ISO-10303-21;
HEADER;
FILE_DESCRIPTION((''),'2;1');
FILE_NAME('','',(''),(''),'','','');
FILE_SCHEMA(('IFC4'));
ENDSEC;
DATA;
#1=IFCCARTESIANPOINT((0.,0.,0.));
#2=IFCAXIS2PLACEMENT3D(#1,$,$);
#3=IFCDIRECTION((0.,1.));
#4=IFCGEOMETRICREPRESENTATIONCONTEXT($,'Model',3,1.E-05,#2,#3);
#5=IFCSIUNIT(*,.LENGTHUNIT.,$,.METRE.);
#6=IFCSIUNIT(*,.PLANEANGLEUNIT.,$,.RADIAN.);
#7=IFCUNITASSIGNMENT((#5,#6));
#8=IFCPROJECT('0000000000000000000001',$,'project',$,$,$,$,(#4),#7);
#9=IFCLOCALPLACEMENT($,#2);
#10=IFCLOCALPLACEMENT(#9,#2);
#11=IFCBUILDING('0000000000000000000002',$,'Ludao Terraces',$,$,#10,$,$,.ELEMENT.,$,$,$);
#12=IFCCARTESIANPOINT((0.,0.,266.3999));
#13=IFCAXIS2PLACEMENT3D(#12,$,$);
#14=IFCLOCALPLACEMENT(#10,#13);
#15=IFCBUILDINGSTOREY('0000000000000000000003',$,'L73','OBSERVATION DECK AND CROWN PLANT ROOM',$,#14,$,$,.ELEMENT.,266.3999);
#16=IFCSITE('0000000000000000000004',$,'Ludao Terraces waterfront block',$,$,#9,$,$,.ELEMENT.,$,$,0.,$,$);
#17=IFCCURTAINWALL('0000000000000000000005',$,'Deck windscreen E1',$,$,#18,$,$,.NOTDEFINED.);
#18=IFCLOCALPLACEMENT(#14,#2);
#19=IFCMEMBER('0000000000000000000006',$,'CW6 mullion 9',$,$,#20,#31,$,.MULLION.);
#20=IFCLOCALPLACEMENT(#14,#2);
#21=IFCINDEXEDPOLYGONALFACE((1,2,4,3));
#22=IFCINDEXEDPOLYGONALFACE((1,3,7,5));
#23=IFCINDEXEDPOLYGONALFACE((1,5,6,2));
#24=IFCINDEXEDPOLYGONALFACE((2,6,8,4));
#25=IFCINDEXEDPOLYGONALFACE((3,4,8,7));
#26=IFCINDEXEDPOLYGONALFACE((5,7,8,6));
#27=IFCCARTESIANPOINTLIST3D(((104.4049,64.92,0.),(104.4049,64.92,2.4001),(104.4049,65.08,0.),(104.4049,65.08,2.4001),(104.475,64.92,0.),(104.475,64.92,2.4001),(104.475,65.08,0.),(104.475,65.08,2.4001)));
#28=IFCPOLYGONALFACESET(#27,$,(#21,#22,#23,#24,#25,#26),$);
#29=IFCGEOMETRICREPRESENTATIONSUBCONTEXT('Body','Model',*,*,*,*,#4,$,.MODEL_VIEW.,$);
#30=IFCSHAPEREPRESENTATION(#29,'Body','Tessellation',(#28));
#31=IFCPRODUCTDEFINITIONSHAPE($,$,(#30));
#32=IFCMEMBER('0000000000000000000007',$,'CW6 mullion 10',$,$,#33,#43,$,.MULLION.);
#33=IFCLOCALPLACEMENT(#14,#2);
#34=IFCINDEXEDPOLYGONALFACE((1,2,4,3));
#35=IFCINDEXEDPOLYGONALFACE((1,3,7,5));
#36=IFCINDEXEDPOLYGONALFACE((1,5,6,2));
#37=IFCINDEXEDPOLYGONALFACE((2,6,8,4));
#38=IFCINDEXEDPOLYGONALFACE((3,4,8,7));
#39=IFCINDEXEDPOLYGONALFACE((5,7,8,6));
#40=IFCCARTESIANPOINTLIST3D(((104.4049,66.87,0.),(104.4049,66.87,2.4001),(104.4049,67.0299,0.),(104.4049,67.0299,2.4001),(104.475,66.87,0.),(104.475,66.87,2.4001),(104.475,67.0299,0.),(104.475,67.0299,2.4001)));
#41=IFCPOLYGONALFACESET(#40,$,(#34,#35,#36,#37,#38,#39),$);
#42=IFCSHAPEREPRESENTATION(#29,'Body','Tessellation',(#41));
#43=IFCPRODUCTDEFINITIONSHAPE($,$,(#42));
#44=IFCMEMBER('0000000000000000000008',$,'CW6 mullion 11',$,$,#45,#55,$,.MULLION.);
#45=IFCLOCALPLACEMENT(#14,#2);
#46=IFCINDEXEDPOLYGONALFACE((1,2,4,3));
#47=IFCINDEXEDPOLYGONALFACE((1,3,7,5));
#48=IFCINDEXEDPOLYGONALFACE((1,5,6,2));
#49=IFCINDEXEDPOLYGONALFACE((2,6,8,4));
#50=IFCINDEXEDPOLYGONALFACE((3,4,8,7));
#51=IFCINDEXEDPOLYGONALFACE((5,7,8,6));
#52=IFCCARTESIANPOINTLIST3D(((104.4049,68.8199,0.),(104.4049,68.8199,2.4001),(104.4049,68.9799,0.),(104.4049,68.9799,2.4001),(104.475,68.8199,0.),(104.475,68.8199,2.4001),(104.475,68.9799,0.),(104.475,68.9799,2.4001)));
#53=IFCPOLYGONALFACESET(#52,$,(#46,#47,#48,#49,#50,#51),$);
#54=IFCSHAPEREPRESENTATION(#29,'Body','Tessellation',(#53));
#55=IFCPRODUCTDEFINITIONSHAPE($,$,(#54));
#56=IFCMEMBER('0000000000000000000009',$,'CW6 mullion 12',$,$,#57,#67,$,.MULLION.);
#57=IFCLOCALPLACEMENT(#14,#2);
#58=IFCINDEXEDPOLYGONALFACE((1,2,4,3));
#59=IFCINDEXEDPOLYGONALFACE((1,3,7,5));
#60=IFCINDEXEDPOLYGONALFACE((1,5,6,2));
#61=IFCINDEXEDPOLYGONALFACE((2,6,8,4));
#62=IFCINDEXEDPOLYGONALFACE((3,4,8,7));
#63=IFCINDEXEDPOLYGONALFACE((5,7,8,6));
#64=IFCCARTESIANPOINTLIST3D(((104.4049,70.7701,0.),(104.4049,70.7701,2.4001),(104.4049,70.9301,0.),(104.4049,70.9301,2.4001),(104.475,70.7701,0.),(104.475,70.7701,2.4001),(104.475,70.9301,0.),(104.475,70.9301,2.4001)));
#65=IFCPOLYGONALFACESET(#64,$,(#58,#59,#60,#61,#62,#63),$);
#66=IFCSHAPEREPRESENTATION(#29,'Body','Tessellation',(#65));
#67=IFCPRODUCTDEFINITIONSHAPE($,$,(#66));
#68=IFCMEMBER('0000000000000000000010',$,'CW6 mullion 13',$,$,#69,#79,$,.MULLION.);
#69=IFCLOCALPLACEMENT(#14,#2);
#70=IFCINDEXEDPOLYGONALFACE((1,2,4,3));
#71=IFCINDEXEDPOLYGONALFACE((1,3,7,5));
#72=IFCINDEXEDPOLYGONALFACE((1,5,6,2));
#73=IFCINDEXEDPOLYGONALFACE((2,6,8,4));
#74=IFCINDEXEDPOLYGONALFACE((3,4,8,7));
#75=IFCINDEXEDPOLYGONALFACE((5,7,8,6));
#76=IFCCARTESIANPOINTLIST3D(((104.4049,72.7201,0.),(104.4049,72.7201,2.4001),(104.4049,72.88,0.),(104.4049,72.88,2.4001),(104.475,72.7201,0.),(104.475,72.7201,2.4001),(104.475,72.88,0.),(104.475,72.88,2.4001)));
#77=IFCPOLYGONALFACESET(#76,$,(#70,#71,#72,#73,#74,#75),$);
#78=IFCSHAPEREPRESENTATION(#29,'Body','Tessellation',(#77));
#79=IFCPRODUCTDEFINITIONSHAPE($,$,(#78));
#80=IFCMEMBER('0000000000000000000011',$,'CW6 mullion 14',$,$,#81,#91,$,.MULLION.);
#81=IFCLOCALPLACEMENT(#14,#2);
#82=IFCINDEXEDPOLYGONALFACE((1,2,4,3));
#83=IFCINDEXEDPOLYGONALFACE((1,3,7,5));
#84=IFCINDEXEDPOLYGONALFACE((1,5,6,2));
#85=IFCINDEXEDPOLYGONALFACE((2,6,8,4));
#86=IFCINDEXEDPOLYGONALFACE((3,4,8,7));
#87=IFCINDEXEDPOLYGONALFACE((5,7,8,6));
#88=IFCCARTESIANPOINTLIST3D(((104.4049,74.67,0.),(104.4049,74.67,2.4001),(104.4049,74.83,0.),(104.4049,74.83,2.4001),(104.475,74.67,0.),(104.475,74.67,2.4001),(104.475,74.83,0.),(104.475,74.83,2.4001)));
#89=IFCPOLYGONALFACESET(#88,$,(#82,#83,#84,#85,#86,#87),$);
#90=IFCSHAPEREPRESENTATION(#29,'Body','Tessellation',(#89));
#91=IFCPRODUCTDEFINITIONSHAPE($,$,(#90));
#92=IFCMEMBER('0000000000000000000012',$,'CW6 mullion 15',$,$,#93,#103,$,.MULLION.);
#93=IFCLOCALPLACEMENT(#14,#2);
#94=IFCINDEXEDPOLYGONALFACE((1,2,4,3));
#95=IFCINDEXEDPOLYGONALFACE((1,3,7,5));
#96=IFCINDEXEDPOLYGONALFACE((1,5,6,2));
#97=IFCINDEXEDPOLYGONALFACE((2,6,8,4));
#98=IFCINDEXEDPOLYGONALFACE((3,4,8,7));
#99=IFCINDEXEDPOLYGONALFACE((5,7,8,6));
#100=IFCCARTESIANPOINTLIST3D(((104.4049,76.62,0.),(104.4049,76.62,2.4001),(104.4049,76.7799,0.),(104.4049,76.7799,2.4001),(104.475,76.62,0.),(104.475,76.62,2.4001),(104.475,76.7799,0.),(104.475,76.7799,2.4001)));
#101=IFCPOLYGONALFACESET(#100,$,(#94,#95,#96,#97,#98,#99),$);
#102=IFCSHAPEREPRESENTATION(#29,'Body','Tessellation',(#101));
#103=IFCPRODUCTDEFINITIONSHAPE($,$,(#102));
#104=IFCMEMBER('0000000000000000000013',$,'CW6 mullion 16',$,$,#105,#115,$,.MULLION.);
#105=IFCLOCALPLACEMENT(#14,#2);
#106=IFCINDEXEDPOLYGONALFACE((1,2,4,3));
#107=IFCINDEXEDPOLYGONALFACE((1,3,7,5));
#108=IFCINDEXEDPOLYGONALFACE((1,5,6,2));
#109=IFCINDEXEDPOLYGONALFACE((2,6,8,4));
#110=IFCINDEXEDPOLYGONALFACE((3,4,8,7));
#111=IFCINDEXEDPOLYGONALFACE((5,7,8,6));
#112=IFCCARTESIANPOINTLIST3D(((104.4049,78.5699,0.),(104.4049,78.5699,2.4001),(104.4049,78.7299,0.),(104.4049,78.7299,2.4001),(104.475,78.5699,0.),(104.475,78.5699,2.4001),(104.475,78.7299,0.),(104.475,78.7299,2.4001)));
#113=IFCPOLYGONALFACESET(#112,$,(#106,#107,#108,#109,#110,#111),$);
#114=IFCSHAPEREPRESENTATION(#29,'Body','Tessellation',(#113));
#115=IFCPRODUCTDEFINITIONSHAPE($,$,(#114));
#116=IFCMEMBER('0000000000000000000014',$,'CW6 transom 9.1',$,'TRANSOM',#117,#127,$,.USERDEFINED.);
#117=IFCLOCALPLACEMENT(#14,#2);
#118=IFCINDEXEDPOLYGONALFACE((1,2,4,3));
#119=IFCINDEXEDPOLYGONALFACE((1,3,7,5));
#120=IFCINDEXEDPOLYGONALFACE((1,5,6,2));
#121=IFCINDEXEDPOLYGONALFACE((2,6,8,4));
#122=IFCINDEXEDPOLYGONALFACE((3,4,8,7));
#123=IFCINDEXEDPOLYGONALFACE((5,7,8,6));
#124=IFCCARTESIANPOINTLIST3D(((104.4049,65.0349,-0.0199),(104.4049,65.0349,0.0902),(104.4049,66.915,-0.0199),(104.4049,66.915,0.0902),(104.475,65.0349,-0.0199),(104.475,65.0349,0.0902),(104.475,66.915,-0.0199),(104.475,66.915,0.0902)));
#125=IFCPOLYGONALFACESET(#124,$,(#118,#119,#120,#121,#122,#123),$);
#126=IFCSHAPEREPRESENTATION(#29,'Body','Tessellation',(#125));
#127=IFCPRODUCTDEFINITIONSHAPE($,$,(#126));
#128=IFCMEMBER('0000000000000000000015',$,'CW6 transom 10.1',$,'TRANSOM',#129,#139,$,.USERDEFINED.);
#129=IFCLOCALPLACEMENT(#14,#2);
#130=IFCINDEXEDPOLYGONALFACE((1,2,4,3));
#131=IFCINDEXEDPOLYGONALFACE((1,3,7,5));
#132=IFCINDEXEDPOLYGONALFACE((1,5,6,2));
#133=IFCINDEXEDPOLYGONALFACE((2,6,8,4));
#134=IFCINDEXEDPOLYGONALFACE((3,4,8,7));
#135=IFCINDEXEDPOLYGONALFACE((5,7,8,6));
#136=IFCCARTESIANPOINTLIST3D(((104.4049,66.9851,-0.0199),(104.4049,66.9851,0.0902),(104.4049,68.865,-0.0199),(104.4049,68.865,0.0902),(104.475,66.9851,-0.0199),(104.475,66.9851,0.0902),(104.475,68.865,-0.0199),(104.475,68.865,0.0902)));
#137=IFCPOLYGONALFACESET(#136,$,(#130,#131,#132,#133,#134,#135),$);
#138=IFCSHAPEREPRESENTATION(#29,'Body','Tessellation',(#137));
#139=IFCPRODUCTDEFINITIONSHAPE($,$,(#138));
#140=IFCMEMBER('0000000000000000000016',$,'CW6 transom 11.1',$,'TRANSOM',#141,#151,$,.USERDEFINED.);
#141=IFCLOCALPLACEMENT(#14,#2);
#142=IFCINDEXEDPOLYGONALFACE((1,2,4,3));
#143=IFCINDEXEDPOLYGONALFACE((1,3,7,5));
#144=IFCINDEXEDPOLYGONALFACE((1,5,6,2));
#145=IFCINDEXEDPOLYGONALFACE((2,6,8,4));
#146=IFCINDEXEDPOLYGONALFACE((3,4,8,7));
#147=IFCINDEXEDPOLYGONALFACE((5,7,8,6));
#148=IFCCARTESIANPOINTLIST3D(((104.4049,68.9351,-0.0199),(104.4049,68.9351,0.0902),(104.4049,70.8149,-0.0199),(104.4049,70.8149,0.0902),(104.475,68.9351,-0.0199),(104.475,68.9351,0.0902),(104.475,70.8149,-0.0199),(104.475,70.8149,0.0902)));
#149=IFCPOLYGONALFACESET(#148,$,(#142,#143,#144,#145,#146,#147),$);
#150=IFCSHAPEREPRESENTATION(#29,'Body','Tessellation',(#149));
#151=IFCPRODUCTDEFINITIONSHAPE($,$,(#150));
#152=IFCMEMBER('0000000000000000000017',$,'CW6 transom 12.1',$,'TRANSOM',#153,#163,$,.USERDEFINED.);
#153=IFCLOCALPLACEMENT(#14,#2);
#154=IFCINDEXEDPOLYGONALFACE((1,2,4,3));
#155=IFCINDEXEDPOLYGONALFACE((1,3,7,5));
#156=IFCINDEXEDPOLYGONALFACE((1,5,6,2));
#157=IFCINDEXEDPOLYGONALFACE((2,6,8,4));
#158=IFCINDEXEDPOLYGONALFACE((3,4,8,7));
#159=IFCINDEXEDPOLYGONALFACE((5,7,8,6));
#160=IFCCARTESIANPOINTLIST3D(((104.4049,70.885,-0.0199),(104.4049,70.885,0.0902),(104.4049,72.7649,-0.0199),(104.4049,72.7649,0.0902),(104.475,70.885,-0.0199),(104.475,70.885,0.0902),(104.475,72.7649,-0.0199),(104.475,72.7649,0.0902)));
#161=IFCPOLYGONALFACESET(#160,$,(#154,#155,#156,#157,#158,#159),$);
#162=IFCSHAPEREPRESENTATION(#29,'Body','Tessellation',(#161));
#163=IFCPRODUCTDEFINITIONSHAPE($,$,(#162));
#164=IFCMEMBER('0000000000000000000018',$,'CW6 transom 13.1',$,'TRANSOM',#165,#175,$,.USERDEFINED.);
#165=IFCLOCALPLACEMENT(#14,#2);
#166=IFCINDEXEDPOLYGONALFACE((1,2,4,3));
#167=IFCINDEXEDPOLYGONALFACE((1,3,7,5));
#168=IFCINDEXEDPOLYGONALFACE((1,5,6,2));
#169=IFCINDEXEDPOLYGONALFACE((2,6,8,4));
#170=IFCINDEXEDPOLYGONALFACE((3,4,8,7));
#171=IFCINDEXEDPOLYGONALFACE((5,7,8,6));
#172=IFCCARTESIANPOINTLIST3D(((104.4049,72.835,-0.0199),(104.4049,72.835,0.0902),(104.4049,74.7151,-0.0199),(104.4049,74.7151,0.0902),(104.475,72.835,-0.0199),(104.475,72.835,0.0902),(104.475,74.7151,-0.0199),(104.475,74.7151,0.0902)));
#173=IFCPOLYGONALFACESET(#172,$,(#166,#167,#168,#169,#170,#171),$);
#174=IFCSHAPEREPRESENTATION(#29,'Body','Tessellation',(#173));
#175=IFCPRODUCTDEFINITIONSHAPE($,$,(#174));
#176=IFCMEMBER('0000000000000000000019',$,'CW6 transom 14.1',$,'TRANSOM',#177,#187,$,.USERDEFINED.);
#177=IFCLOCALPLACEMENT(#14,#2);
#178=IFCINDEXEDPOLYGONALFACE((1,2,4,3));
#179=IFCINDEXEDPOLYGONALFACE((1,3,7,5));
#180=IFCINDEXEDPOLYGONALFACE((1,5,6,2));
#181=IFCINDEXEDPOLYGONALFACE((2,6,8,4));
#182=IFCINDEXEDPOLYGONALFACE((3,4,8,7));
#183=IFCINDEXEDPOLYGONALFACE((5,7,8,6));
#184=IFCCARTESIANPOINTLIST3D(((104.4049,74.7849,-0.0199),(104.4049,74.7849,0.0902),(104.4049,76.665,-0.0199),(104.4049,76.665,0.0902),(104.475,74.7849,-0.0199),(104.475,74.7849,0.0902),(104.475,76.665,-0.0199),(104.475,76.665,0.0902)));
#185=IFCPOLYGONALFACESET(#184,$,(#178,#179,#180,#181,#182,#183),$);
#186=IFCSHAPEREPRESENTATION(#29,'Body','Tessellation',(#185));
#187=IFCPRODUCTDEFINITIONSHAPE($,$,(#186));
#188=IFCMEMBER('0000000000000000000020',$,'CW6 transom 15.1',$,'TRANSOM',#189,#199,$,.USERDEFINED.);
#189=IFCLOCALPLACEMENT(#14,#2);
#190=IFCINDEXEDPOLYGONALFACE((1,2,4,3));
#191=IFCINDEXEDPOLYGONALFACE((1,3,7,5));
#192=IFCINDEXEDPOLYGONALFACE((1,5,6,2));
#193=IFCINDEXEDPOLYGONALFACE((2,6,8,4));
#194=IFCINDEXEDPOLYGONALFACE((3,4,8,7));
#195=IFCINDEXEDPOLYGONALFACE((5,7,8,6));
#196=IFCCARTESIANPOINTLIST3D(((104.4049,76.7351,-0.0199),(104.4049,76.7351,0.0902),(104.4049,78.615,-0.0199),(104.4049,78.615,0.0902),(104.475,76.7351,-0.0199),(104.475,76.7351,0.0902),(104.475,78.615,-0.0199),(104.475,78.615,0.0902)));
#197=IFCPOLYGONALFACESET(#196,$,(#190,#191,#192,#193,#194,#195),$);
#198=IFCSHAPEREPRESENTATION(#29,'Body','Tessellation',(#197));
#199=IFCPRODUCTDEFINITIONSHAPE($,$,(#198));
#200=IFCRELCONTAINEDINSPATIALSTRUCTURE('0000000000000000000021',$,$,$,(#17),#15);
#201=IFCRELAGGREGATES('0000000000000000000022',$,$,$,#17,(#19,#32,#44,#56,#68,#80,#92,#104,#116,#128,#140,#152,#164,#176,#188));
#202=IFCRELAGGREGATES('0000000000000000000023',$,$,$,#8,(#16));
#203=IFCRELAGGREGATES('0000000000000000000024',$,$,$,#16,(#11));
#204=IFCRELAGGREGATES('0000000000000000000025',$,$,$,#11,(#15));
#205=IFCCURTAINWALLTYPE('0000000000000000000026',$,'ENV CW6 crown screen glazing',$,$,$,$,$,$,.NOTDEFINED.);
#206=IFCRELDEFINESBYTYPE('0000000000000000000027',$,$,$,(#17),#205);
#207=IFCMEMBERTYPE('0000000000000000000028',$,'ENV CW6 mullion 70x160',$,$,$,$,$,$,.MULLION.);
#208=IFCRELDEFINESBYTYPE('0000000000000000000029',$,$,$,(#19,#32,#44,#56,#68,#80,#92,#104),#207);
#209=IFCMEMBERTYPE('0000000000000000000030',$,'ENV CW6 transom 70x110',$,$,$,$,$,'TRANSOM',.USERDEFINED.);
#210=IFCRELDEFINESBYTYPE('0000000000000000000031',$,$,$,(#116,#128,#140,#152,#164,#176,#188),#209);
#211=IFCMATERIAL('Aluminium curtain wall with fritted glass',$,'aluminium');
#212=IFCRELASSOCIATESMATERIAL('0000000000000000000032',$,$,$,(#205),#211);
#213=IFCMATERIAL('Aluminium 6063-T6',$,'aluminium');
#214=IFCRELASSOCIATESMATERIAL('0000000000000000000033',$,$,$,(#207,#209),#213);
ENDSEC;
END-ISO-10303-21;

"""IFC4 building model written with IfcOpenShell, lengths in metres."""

from ifc_helpers import new_model, si_unit, direction, frame, origin, origin_2d, place, context, subcontext, project, spatial, rectangle, extrude, material, material_profile, profile_set, type_object, element, aggregate, save


model = new_model("IFC4")

# Units and contexts
model_context = context("Model", 3, precision=1e-05, world=origin(), true_north=direction((0.0, 1.0)))
body_context = subcontext(model_context, "Body", "Model", "MODEL_VIEW")
ifc_project = project(units=[si_unit("LENGTHUNIT", "METRE"), si_unit("PLANEANGLEUNIT", "RADIAN")], contexts=[model_context])

# Site, building, storey
site_placement = place(None, origin())
site = spatial("IfcSite", under=ifc_project, at=site_placement, Name="Ludao Terraces waterfront block", CompositionType="ELEMENT", RefElevation=0.0)
building_placement = place(site_placement, origin())
building = spatial("IfcBuilding", under=site, at=building_placement, Name="Ludao Terraces", CompositionType="ELEMENT")
storey_placement = place(building_placement, frame((0.0, 0.0, 266.3999)))
storey = spatial("IfcBuildingStorey", under=building, at=storey_placement, Name="L73", Description="OBSERVATION DECK AND CROWN PLANT ROOM", CompositionType="ELEMENT", Elevation=266.3999)

# Curtain wall, members
ifc_material_1 = material(Name="Aluminium curtain wall with fritted glass", Category="aluminium")
curtain_wall_type = type_object("IfcCurtainWallType", Name="ENV CW6 crown screen glazing", PredefinedType="NOTDEFINED", material=ifc_material_1)
curtain_wall_placement = place(storey_placement, origin())
curtain_wall = element("IfcCurtainWall", 1, at=curtain_wall_placement, inside=storey, type_object=curtain_wall_type, Name="Deck windscreen E1", PredefinedType="NOTDEFINED")
ifc_material_2 = material(Name="Aluminium 6063-T6", Category="aluminium")
ifc_material_profile_1 = material_profile(ifc_material_2, rectangle(XDim=0.0701, YDim=0.1599, at=origin_2d()), Name="70 X 160")
ifc_profile_set_1 = profile_set([ifc_material_profile_1], Name="Aluminium 6063-T6")
member_type_1 = type_object("IfcMemberType", Name="ENV CW6 mullion 70x160", PredefinedType="MULLION", material=ifc_profile_set_1)
member_1_placement = place(storey_placement, frame((104.4399, 65.0, 0.0), z_axis=(0.0, 0.0, 1.0), x_axis=(-1.0, 0.0, 0.0)))
member_1 = element("IfcMember", 2, at=member_1_placement, type_object=member_type_1, Name="CW6 mullion 9", PredefinedType="MULLION", context=body_context, shape_type="SweptSolid", body=[
    extrude(rectangle(XDim=0.0701, YDim=0.1599, at=origin_2d()), origin(), (0.0, 0.0, 1.0), 2.4001),
])
member_2_placement = place(storey_placement, frame((104.4399, 66.95, 0.0), z_axis=(0.0, 0.0, 1.0), x_axis=(-1.0, 0.0, 0.0)))
member_2 = element("IfcMember", 3, at=member_2_placement, type_object=member_type_1, Name="CW6 mullion 10", PredefinedType="MULLION", context=body_context, shape_type="SweptSolid", body=[
    extrude(rectangle(XDim=0.0701, YDim=0.1599, at=origin_2d()), origin(), (0.0, 0.0, 1.0), 2.4001),
])
member_3_placement = place(storey_placement, frame((104.4399, 68.8999, 0.0), z_axis=(0.0, 0.0, 1.0), x_axis=(-1.0, 0.0, 0.0)))
member_3 = element("IfcMember", 4, at=member_3_placement, type_object=member_type_1, Name="CW6 mullion 11", PredefinedType="MULLION", context=body_context, shape_type="SweptSolid", body=[
    extrude(rectangle(XDim=0.0701, YDim=0.1599, at=origin_2d()), origin(), (0.0, 0.0, 1.0), 2.4001),
])
member_4_placement = place(storey_placement, frame((104.4399, 70.8501, 0.0), z_axis=(0.0, 0.0, 1.0), x_axis=(-1.0, 0.0, 0.0)))
member_4 = element("IfcMember", 5, at=member_4_placement, type_object=member_type_1, Name="CW6 mullion 12", PredefinedType="MULLION", context=body_context, shape_type="SweptSolid", body=[
    extrude(rectangle(XDim=0.0701, YDim=0.1599, at=origin_2d()), origin(), (0.0, 0.0, 1.0), 2.4001),
])
member_5_placement = place(storey_placement, frame((104.4399, 72.8, 0.0), z_axis=(0.0, 0.0, 1.0), x_axis=(-1.0, 0.0, 0.0)))
member_5 = element("IfcMember", 6, at=member_5_placement, type_object=member_type_1, Name="CW6 mullion 13", PredefinedType="MULLION", context=body_context, shape_type="SweptSolid", body=[
    extrude(rectangle(XDim=0.0701, YDim=0.1599, at=origin_2d()), origin(), (0.0, 0.0, 1.0), 2.4001),
])
member_6_placement = place(storey_placement, frame((104.4399, 74.75, 0.0), z_axis=(0.0, 0.0, 1.0), x_axis=(-1.0, 0.0, 0.0)))
member_6 = element("IfcMember", 7, at=member_6_placement, type_object=member_type_1, Name="CW6 mullion 14", PredefinedType="MULLION", context=body_context, shape_type="SweptSolid", body=[
    extrude(rectangle(XDim=0.0701, YDim=0.1599, at=origin_2d()), origin(), (0.0, 0.0, 1.0), 2.4001),
])
member_7_placement = place(storey_placement, frame((104.4399, 76.7, 0.0), z_axis=(0.0, 0.0, 1.0), x_axis=(-1.0, 0.0, 0.0)))
member_7 = element("IfcMember", 8, at=member_7_placement, type_object=member_type_1, Name="CW6 mullion 15", PredefinedType="MULLION", context=body_context, shape_type="SweptSolid", body=[
    extrude(rectangle(XDim=0.0701, YDim=0.1599, at=origin_2d()), origin(), (0.0, 0.0, 1.0), 2.4001),
])
member_8_placement = place(storey_placement, frame((104.4399, 78.6499, 0.0), z_axis=(0.0, 0.0, 1.0), x_axis=(-1.0, 0.0, 0.0)))
member_8 = element("IfcMember", 9, at=member_8_placement, type_object=member_type_1, Name="CW6 mullion 16", PredefinedType="MULLION", context=body_context, shape_type="SweptSolid", body=[
    extrude(rectangle(XDim=0.0701, YDim=0.1599, at=origin_2d()), origin(), (0.0, 0.0, 1.0), 2.4001),
])
ifc_material_profile_2 = material_profile(ifc_material_2, rectangle(XDim=0.0701, YDim=0.1101, at=origin_2d()), Name="70 X 110")
ifc_profile_set_2 = profile_set([ifc_material_profile_2], Name="Aluminium 6063-T6")
member_type_2 = type_object("IfcMemberType", Name="ENV CW6 transom 70x110", ElementType="TRANSOM", PredefinedType="USERDEFINED", material=ifc_profile_set_2)
member_9_placement = place(storey_placement, frame((104.4399, 65.0349, 0.0352), z_axis=(0.0, 1.0, 0.0), x_axis=(-1.0, 0.0, 0.0)))
member_9 = element("IfcMember", 10, at=member_9_placement, type_object=member_type_2, Name="CW6 transom 9.1", ObjectType="TRANSOM", PredefinedType="USERDEFINED", context=body_context, shape_type="SweptSolid", body=[
    extrude(rectangle(XDim=0.0701, YDim=0.1101, at=origin_2d()), origin(), (0.0, 0.0, 1.0), 1.8801),
])
member_10_placement = place(storey_placement, frame((104.4399, 66.9851, 0.0352), z_axis=(0.0, 1.0, 0.0), x_axis=(-1.0, 0.0, 0.0)))
member_10 = element("IfcMember", 11, at=member_10_placement, type_object=member_type_2, Name="CW6 transom 10.1", ObjectType="TRANSOM", PredefinedType="USERDEFINED", context=body_context, shape_type="SweptSolid", body=[
    extrude(rectangle(XDim=0.0701, YDim=0.1101, at=origin_2d()), origin(), (0.0, 0.0, 1.0), 1.8799),
])
member_11_placement = place(storey_placement, frame((104.4399, 68.9351, 0.0352), z_axis=(0.0, 1.0, 0.0), x_axis=(-1.0, 0.0, 0.0)))
member_11 = element("IfcMember", 12, at=member_11_placement, type_object=member_type_2, Name="CW6 transom 11.1", ObjectType="TRANSOM", PredefinedType="USERDEFINED", context=body_context, shape_type="SweptSolid", body=[
    extrude(rectangle(XDim=0.0701, YDim=0.1101, at=origin_2d()), origin(), (0.0, 0.0, 1.0), 1.8799),
])
member_12_placement = place(storey_placement, frame((104.4399, 70.885, 0.0352), z_axis=(0.0, 1.0, 0.0), x_axis=(-1.0, 0.0, 0.0)))
member_12 = element("IfcMember", 13, at=member_12_placement, type_object=member_type_2, Name="CW6 transom 12.1", ObjectType="TRANSOM", PredefinedType="USERDEFINED", context=body_context, shape_type="SweptSolid", body=[
    extrude(rectangle(XDim=0.0701, YDim=0.1101, at=origin_2d()), origin(), (0.0, 0.0, 1.0), 1.8799),
])
member_13_placement = place(storey_placement, frame((104.4399, 72.835, 0.0352), z_axis=(0.0, 1.0, 0.0), x_axis=(-1.0, 0.0, 0.0)))
member_13 = element("IfcMember", 14, at=member_13_placement, type_object=member_type_2, Name="CW6 transom 13.1", ObjectType="TRANSOM", PredefinedType="USERDEFINED", context=body_context, shape_type="SweptSolid", body=[
    extrude(rectangle(XDim=0.0701, YDim=0.1101, at=origin_2d()), origin(), (0.0, 0.0, 1.0), 1.8801),
])
member_14_placement = place(storey_placement, frame((104.4399, 74.7849, 0.0352), z_axis=(0.0, 1.0, 0.0), x_axis=(-1.0, 0.0, 0.0)))
member_14 = element("IfcMember", 15, at=member_14_placement, type_object=member_type_2, Name="CW6 transom 14.1", ObjectType="TRANSOM", PredefinedType="USERDEFINED", context=body_context, shape_type="SweptSolid", body=[
    extrude(rectangle(XDim=0.0701, YDim=0.1101, at=origin_2d()), origin(), (0.0, 0.0, 1.0), 1.8801),
])
member_15_placement = place(storey_placement, frame((104.4399, 76.7351, 0.0352), z_axis=(0.0, 1.0, 0.0), x_axis=(-1.0, 0.0, 0.0)))
member_15 = element("IfcMember", 16, at=member_15_placement, type_object=member_type_2, Name="CW6 transom 15.1", ObjectType="TRANSOM", PredefinedType="USERDEFINED", context=body_context, shape_type="SweptSolid", body=[
    extrude(rectangle(XDim=0.0701, YDim=0.1101, at=origin_2d()), origin(), (0.0, 0.0, 1.0), 1.8799),
])
aggregate(curtain_wall, [member_1, member_2, member_3, member_4, member_5, member_6, member_7, member_8, member_9, member_10, member_11, member_12, member_13, member_14, member_15])

save(model, "model.ifc")
